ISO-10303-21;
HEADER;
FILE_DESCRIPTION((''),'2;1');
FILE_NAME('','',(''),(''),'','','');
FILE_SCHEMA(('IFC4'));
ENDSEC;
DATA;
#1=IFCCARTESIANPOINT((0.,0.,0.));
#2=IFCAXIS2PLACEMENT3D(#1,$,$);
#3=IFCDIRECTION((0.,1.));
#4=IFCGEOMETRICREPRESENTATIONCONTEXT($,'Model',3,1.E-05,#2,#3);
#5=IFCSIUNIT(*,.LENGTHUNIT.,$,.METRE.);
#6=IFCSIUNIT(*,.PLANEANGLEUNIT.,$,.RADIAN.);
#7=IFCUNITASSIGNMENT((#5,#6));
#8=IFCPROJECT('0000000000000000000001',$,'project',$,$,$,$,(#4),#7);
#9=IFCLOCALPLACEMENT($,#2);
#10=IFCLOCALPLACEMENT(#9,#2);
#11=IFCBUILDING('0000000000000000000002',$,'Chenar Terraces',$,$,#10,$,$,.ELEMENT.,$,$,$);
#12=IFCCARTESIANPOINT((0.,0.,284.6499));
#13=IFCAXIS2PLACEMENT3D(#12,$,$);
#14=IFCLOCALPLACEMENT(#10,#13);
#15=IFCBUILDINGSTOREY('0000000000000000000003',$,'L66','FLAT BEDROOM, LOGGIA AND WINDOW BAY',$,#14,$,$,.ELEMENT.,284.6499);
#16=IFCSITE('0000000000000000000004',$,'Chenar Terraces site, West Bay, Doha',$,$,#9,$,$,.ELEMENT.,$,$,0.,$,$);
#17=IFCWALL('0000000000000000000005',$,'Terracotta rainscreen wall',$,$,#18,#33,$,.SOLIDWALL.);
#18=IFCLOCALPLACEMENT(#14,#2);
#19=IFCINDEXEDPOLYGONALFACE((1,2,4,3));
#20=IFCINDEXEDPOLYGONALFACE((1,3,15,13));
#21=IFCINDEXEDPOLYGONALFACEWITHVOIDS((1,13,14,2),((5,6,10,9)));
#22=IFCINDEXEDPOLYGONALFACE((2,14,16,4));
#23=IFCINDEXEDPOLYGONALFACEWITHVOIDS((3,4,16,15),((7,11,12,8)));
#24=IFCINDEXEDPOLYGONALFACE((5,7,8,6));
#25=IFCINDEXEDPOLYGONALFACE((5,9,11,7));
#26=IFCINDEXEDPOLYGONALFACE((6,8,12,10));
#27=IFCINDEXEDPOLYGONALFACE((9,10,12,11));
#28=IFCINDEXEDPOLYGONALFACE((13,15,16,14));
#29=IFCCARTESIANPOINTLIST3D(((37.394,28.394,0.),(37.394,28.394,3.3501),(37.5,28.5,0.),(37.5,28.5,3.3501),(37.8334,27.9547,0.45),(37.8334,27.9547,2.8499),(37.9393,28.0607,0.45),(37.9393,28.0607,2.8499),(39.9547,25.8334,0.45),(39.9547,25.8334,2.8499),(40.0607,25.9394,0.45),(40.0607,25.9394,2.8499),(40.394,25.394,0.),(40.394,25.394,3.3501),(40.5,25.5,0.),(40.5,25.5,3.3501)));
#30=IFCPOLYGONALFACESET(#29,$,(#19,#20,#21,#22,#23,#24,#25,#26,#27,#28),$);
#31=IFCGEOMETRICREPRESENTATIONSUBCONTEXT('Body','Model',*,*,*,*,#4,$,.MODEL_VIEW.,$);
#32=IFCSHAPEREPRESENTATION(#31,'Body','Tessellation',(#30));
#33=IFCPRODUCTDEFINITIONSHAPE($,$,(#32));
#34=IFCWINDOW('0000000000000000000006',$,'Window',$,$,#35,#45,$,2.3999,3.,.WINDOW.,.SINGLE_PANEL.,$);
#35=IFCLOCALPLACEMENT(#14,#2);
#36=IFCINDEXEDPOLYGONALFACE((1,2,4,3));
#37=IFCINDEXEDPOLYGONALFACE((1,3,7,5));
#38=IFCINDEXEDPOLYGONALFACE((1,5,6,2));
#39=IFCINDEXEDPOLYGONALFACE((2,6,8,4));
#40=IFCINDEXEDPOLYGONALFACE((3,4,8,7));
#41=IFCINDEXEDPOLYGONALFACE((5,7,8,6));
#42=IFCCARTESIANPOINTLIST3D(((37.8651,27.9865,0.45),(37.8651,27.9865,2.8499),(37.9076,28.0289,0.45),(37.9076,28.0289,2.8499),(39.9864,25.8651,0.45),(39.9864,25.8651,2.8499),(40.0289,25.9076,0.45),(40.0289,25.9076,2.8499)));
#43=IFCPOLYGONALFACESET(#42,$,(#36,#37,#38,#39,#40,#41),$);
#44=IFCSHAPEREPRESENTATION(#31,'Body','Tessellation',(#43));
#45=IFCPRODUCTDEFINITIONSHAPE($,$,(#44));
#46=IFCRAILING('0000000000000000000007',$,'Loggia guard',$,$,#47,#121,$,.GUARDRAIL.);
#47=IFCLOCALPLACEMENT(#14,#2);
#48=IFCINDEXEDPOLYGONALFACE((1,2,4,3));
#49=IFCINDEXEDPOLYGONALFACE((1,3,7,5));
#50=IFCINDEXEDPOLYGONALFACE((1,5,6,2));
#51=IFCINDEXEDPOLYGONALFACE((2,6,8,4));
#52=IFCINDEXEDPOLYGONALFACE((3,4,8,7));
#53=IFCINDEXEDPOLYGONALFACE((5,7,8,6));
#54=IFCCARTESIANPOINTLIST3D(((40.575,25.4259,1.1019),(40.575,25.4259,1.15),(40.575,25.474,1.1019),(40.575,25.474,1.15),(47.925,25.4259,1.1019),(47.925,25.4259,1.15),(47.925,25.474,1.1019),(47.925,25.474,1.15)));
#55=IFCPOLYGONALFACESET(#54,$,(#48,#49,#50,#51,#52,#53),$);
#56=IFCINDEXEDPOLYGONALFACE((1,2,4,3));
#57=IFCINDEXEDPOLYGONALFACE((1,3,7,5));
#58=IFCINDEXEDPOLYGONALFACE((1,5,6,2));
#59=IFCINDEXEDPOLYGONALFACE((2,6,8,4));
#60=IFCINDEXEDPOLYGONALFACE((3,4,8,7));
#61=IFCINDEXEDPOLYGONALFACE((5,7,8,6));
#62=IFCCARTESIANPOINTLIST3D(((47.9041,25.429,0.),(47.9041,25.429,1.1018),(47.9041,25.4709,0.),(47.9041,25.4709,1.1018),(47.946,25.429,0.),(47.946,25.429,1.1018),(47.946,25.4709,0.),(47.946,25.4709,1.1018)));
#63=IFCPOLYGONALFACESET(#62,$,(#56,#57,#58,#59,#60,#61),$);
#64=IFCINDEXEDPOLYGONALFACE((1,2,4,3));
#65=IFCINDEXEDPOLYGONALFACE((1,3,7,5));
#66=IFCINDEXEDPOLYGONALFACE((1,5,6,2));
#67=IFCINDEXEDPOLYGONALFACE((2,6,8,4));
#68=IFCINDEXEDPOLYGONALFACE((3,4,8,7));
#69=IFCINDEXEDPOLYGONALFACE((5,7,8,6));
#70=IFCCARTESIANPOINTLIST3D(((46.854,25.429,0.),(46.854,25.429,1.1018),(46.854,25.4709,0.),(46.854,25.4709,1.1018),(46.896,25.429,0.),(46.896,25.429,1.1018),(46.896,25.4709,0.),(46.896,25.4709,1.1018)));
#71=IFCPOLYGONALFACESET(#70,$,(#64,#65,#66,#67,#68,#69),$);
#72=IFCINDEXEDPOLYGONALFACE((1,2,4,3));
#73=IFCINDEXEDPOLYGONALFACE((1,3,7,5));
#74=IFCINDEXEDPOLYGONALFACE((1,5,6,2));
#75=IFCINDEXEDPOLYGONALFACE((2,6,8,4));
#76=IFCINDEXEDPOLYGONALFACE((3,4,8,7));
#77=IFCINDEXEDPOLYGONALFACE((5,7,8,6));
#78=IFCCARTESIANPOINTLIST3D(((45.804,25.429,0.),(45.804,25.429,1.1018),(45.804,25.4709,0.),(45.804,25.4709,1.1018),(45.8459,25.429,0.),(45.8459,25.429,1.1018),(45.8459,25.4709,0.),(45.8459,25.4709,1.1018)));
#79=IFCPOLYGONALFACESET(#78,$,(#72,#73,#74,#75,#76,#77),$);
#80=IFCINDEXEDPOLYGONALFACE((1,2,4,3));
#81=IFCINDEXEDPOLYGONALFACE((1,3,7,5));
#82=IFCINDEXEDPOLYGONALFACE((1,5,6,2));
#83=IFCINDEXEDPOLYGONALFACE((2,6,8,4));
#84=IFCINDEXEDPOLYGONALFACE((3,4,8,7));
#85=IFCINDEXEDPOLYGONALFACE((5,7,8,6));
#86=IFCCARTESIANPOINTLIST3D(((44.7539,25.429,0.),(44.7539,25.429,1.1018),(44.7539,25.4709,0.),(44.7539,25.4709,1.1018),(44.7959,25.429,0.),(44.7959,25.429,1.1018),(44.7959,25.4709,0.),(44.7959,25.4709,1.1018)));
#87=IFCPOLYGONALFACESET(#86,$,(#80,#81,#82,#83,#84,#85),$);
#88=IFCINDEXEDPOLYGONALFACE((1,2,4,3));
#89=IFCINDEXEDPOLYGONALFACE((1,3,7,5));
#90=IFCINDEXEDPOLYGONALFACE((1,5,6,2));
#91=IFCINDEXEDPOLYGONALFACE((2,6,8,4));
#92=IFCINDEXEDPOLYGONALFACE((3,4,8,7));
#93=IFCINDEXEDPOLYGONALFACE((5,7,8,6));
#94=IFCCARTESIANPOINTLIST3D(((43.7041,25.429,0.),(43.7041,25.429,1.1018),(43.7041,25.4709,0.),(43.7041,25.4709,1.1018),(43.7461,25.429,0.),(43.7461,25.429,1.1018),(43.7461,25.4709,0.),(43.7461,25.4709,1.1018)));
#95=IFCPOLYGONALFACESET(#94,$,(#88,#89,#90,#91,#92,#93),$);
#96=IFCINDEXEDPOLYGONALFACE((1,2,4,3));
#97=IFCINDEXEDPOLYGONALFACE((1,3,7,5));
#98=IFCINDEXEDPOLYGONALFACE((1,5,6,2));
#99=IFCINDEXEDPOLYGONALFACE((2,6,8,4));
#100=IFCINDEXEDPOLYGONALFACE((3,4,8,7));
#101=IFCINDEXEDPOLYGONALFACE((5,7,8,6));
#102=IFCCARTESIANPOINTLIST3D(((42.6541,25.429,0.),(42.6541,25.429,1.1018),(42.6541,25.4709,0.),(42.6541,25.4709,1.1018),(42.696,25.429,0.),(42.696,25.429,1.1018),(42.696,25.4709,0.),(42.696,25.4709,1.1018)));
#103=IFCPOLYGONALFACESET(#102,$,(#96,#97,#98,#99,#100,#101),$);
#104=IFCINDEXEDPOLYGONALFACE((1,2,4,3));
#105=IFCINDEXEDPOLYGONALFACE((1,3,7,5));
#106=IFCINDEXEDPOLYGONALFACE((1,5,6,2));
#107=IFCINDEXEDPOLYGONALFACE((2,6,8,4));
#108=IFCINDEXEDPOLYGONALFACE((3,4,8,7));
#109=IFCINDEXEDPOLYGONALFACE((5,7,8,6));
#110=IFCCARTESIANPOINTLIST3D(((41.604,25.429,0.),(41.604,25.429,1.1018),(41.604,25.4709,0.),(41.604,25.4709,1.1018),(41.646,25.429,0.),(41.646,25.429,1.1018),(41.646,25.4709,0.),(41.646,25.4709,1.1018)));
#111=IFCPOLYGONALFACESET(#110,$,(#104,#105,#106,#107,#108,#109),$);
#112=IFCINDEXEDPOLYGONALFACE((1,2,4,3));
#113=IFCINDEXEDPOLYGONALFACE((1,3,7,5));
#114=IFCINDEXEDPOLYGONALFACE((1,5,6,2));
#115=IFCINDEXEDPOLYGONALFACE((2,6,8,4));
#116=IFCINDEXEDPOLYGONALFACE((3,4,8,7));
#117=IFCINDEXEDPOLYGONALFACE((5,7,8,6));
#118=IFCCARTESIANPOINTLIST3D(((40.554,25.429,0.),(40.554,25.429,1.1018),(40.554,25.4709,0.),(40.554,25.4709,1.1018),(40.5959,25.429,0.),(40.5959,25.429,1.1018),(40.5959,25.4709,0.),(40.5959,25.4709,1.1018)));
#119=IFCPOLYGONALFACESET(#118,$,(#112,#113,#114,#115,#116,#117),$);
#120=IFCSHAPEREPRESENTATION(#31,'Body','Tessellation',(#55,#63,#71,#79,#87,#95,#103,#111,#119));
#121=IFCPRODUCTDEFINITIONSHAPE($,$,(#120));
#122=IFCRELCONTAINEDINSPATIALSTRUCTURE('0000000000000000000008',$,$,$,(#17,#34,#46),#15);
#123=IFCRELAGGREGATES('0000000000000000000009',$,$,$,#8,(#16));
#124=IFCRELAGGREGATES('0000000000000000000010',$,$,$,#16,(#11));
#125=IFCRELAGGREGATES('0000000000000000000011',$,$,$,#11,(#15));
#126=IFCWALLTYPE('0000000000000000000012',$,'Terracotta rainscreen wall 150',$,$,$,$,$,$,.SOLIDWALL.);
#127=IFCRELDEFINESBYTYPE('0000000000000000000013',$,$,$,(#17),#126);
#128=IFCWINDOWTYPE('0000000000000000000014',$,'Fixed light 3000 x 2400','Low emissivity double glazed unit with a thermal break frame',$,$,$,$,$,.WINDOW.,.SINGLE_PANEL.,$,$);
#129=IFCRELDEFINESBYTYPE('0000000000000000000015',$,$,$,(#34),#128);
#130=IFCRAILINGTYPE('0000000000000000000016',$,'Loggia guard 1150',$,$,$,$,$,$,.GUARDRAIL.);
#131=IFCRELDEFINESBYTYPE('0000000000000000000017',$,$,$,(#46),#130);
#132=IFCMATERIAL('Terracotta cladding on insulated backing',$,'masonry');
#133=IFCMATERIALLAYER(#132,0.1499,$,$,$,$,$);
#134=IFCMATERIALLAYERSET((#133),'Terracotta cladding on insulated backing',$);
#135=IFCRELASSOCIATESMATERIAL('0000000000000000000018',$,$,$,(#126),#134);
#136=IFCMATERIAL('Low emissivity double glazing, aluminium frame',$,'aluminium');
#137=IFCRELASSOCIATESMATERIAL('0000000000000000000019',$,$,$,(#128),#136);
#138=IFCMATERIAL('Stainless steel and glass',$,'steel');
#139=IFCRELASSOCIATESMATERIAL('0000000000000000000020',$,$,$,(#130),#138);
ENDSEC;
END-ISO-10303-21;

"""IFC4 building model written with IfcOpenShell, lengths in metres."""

from ifc_helpers import new_model, si_unit, direction, frame, frame_2d, origin, origin_2d, place, context, subcontext, project, spatial, rectangle, extrude, material, layer, layer_set, type_object, element, fill, save


model = new_model("IFC4")

# Units and contexts
model_context = context("Model", 3, precision=1e-05, world=origin(), true_north=direction((0.0, 1.0)))
body_context = subcontext(model_context, "Body", "Model", "MODEL_VIEW")
ifc_project = project(units=[si_unit("LENGTHUNIT", "METRE"), si_unit("PLANEANGLEUNIT", "RADIAN")], contexts=[model_context])

# Site, building, storey
site_placement = place(None, origin())
site = spatial("IfcSite", under=ifc_project, at=site_placement, Name="Chenar Terraces site, West Bay, Doha", CompositionType="ELEMENT", RefElevation=0.0)
building_placement = place(site_placement, origin())
building = spatial("IfcBuilding", under=site, at=building_placement, Name="Chenar Terraces", CompositionType="ELEMENT")
storey_placement = place(building_placement, frame((0.0, 0.0, 284.6499)))
storey = spatial("IfcBuildingStorey", under=building, at=storey_placement, Name="L66", Description="FLAT BEDROOM, LOGGIA AND WINDOW BAY", CompositionType="ELEMENT", Elevation=284.6499)

# Wall, opening, window
ifc_material_1 = material(Name="Terracotta cladding on insulated backing", Category="masonry")
ifc_layer_1 = layer(ifc_material_1, 0.1499)
ifc_layer_set_1 = layer_set([ifc_layer_1], Name="Terracotta cladding on insulated backing")
wall_type_1 = type_object("IfcWallType", Name="Terracotta rainscreen wall 150", PredefinedType="SOLIDWALL", material=ifc_layer_set_1)
wall_1_placement = place(storey_placement, frame((40.447, 25.447, 0.0), z_axis=(0.0, 0.0, 1.0), x_axis=(-0.707107, 0.707107, 0.0)))
wall_1 = element("IfcWall", 1, at=wall_1_placement, inside=storey, type_object=wall_type_1, Name="Terracotta rainscreen wall", PredefinedType="SOLIDWALL", context=body_context, shape_type="SweptSolid", body=[
    extrude(rectangle(XDim=4.2427, YDim=0.1499, at=frame_2d((2.1213, 0.0))), origin(), (0.0, 0.0, 1.0), 3.3501),
])
opening_1_placement = place(wall_1_placement, frame((0.6213, 0.0, 0.45)))
opening_1 = element("IfcOpeningElement", 2, at=opening_1_placement, cuts=wall_1, PredefinedType="OPENING", context=body_context, shape_type="SweptSolid", body=[
    extrude(rectangle(XDim=3.0, YDim=2.3999, at=frame_2d((1.5, 1.2))), frame((0.0, 0.085, 0.0), z_axis=(0.0, -1.0, 0.0), x_axis=(1.0, 0.0, 0.0)), (0.0, 0.0, 1.0), 0.1699),
])
ifc_material_2 = material(Name="Low emissivity double glazing, aluminium frame", Category="aluminium")
window_type_1 = type_object("IfcWindowType", Name="Fixed light 3000 x 2400", Description="Low emissivity double glazed unit with a thermal break frame", PartitioningType="SINGLE_PANEL", PredefinedType="WINDOW", material=ifc_material_2)
window_1_placement = place(opening_1_placement, origin())
window_1 = element("IfcWindow", 3, at=window_1_placement, inside=storey, type_object=window_type_1, Name="Window", OverallHeight=2.3999, OverallWidth=3.0, PartitioningType="SINGLE_PANEL", PredefinedType="WINDOW", context=body_context, shape_type="SweptSolid", body=[
    extrude(rectangle(XDim=3.0, YDim=2.3999, at=frame_2d((1.5, 1.2))), frame((0.0, 0.03, 0.0), z_axis=(0.0, -1.0, 0.0), x_axis=(1.0, 0.0, 0.0)), (0.0, 0.0, 1.0), 0.0601),
])
fill(opening_1, window_1)

# Railing
ifc_material_3 = material(Name="Stainless steel and glass", Category="steel")
railing_type = type_object("IfcRailingType", Name="Loggia guard 1150", PredefinedType="GUARDRAIL", material=ifc_material_3)
railing_placement = place(storey_placement, frame((47.925, 25.45, 0.0)))
element("IfcRailing", 4, at=railing_placement, inside=storey, type_object=railing_type, Name="Loggia guard", PredefinedType="GUARDRAIL", context=body_context, shape_type="SweptSolid", body=[
    extrude(rectangle(XDim=0.0481, YDim=0.0481, at=origin_2d()), frame((0.0, 0.0, 1.126), z_axis=(-1.0, 0.0, 0.0), x_axis=(0.0, -1.0, 0.0)), (0.0, 0.0, 1.0), 7.3501),
    extrude(rectangle(XDim=0.042, YDim=0.042, at=origin_2d()), origin(), (0.0, 0.0, 1.0), 1.1018),
    extrude(rectangle(XDim=0.042, YDim=0.042, at=origin_2d()), frame((-1.05, 0.0, 0.0)), (0.0, 0.0, 1.0), 1.1018),
    extrude(rectangle(XDim=0.042, YDim=0.042, at=origin_2d()), frame((-2.1001, 0.0, 0.0)), (0.0, 0.0, 1.0), 1.1018),
    extrude(rectangle(XDim=0.042, YDim=0.042, at=origin_2d()), frame((-3.1501, 0.0, 0.0)), (0.0, 0.0, 1.0), 1.1018),
    extrude(rectangle(XDim=0.042, YDim=0.042, at=origin_2d()), frame((-4.2, 0.0, 0.0)), (0.0, 0.0, 1.0), 1.1018),
    extrude(rectangle(XDim=0.042, YDim=0.042, at=origin_2d()), frame((-5.25, 0.0, 0.0)), (0.0, 0.0, 1.0), 1.1018),
    extrude(rectangle(XDim=0.042, YDim=0.042, at=origin_2d()), frame((-6.3, 0.0, 0.0)), (0.0, 0.0, 1.0), 1.1018),
    extrude(rectangle(XDim=0.042, YDim=0.042, at=origin_2d()), frame((-7.3501, 0.0, 0.0)), (0.0, 0.0, 1.0), 1.1018),
])

save(model, "model.ifc")
